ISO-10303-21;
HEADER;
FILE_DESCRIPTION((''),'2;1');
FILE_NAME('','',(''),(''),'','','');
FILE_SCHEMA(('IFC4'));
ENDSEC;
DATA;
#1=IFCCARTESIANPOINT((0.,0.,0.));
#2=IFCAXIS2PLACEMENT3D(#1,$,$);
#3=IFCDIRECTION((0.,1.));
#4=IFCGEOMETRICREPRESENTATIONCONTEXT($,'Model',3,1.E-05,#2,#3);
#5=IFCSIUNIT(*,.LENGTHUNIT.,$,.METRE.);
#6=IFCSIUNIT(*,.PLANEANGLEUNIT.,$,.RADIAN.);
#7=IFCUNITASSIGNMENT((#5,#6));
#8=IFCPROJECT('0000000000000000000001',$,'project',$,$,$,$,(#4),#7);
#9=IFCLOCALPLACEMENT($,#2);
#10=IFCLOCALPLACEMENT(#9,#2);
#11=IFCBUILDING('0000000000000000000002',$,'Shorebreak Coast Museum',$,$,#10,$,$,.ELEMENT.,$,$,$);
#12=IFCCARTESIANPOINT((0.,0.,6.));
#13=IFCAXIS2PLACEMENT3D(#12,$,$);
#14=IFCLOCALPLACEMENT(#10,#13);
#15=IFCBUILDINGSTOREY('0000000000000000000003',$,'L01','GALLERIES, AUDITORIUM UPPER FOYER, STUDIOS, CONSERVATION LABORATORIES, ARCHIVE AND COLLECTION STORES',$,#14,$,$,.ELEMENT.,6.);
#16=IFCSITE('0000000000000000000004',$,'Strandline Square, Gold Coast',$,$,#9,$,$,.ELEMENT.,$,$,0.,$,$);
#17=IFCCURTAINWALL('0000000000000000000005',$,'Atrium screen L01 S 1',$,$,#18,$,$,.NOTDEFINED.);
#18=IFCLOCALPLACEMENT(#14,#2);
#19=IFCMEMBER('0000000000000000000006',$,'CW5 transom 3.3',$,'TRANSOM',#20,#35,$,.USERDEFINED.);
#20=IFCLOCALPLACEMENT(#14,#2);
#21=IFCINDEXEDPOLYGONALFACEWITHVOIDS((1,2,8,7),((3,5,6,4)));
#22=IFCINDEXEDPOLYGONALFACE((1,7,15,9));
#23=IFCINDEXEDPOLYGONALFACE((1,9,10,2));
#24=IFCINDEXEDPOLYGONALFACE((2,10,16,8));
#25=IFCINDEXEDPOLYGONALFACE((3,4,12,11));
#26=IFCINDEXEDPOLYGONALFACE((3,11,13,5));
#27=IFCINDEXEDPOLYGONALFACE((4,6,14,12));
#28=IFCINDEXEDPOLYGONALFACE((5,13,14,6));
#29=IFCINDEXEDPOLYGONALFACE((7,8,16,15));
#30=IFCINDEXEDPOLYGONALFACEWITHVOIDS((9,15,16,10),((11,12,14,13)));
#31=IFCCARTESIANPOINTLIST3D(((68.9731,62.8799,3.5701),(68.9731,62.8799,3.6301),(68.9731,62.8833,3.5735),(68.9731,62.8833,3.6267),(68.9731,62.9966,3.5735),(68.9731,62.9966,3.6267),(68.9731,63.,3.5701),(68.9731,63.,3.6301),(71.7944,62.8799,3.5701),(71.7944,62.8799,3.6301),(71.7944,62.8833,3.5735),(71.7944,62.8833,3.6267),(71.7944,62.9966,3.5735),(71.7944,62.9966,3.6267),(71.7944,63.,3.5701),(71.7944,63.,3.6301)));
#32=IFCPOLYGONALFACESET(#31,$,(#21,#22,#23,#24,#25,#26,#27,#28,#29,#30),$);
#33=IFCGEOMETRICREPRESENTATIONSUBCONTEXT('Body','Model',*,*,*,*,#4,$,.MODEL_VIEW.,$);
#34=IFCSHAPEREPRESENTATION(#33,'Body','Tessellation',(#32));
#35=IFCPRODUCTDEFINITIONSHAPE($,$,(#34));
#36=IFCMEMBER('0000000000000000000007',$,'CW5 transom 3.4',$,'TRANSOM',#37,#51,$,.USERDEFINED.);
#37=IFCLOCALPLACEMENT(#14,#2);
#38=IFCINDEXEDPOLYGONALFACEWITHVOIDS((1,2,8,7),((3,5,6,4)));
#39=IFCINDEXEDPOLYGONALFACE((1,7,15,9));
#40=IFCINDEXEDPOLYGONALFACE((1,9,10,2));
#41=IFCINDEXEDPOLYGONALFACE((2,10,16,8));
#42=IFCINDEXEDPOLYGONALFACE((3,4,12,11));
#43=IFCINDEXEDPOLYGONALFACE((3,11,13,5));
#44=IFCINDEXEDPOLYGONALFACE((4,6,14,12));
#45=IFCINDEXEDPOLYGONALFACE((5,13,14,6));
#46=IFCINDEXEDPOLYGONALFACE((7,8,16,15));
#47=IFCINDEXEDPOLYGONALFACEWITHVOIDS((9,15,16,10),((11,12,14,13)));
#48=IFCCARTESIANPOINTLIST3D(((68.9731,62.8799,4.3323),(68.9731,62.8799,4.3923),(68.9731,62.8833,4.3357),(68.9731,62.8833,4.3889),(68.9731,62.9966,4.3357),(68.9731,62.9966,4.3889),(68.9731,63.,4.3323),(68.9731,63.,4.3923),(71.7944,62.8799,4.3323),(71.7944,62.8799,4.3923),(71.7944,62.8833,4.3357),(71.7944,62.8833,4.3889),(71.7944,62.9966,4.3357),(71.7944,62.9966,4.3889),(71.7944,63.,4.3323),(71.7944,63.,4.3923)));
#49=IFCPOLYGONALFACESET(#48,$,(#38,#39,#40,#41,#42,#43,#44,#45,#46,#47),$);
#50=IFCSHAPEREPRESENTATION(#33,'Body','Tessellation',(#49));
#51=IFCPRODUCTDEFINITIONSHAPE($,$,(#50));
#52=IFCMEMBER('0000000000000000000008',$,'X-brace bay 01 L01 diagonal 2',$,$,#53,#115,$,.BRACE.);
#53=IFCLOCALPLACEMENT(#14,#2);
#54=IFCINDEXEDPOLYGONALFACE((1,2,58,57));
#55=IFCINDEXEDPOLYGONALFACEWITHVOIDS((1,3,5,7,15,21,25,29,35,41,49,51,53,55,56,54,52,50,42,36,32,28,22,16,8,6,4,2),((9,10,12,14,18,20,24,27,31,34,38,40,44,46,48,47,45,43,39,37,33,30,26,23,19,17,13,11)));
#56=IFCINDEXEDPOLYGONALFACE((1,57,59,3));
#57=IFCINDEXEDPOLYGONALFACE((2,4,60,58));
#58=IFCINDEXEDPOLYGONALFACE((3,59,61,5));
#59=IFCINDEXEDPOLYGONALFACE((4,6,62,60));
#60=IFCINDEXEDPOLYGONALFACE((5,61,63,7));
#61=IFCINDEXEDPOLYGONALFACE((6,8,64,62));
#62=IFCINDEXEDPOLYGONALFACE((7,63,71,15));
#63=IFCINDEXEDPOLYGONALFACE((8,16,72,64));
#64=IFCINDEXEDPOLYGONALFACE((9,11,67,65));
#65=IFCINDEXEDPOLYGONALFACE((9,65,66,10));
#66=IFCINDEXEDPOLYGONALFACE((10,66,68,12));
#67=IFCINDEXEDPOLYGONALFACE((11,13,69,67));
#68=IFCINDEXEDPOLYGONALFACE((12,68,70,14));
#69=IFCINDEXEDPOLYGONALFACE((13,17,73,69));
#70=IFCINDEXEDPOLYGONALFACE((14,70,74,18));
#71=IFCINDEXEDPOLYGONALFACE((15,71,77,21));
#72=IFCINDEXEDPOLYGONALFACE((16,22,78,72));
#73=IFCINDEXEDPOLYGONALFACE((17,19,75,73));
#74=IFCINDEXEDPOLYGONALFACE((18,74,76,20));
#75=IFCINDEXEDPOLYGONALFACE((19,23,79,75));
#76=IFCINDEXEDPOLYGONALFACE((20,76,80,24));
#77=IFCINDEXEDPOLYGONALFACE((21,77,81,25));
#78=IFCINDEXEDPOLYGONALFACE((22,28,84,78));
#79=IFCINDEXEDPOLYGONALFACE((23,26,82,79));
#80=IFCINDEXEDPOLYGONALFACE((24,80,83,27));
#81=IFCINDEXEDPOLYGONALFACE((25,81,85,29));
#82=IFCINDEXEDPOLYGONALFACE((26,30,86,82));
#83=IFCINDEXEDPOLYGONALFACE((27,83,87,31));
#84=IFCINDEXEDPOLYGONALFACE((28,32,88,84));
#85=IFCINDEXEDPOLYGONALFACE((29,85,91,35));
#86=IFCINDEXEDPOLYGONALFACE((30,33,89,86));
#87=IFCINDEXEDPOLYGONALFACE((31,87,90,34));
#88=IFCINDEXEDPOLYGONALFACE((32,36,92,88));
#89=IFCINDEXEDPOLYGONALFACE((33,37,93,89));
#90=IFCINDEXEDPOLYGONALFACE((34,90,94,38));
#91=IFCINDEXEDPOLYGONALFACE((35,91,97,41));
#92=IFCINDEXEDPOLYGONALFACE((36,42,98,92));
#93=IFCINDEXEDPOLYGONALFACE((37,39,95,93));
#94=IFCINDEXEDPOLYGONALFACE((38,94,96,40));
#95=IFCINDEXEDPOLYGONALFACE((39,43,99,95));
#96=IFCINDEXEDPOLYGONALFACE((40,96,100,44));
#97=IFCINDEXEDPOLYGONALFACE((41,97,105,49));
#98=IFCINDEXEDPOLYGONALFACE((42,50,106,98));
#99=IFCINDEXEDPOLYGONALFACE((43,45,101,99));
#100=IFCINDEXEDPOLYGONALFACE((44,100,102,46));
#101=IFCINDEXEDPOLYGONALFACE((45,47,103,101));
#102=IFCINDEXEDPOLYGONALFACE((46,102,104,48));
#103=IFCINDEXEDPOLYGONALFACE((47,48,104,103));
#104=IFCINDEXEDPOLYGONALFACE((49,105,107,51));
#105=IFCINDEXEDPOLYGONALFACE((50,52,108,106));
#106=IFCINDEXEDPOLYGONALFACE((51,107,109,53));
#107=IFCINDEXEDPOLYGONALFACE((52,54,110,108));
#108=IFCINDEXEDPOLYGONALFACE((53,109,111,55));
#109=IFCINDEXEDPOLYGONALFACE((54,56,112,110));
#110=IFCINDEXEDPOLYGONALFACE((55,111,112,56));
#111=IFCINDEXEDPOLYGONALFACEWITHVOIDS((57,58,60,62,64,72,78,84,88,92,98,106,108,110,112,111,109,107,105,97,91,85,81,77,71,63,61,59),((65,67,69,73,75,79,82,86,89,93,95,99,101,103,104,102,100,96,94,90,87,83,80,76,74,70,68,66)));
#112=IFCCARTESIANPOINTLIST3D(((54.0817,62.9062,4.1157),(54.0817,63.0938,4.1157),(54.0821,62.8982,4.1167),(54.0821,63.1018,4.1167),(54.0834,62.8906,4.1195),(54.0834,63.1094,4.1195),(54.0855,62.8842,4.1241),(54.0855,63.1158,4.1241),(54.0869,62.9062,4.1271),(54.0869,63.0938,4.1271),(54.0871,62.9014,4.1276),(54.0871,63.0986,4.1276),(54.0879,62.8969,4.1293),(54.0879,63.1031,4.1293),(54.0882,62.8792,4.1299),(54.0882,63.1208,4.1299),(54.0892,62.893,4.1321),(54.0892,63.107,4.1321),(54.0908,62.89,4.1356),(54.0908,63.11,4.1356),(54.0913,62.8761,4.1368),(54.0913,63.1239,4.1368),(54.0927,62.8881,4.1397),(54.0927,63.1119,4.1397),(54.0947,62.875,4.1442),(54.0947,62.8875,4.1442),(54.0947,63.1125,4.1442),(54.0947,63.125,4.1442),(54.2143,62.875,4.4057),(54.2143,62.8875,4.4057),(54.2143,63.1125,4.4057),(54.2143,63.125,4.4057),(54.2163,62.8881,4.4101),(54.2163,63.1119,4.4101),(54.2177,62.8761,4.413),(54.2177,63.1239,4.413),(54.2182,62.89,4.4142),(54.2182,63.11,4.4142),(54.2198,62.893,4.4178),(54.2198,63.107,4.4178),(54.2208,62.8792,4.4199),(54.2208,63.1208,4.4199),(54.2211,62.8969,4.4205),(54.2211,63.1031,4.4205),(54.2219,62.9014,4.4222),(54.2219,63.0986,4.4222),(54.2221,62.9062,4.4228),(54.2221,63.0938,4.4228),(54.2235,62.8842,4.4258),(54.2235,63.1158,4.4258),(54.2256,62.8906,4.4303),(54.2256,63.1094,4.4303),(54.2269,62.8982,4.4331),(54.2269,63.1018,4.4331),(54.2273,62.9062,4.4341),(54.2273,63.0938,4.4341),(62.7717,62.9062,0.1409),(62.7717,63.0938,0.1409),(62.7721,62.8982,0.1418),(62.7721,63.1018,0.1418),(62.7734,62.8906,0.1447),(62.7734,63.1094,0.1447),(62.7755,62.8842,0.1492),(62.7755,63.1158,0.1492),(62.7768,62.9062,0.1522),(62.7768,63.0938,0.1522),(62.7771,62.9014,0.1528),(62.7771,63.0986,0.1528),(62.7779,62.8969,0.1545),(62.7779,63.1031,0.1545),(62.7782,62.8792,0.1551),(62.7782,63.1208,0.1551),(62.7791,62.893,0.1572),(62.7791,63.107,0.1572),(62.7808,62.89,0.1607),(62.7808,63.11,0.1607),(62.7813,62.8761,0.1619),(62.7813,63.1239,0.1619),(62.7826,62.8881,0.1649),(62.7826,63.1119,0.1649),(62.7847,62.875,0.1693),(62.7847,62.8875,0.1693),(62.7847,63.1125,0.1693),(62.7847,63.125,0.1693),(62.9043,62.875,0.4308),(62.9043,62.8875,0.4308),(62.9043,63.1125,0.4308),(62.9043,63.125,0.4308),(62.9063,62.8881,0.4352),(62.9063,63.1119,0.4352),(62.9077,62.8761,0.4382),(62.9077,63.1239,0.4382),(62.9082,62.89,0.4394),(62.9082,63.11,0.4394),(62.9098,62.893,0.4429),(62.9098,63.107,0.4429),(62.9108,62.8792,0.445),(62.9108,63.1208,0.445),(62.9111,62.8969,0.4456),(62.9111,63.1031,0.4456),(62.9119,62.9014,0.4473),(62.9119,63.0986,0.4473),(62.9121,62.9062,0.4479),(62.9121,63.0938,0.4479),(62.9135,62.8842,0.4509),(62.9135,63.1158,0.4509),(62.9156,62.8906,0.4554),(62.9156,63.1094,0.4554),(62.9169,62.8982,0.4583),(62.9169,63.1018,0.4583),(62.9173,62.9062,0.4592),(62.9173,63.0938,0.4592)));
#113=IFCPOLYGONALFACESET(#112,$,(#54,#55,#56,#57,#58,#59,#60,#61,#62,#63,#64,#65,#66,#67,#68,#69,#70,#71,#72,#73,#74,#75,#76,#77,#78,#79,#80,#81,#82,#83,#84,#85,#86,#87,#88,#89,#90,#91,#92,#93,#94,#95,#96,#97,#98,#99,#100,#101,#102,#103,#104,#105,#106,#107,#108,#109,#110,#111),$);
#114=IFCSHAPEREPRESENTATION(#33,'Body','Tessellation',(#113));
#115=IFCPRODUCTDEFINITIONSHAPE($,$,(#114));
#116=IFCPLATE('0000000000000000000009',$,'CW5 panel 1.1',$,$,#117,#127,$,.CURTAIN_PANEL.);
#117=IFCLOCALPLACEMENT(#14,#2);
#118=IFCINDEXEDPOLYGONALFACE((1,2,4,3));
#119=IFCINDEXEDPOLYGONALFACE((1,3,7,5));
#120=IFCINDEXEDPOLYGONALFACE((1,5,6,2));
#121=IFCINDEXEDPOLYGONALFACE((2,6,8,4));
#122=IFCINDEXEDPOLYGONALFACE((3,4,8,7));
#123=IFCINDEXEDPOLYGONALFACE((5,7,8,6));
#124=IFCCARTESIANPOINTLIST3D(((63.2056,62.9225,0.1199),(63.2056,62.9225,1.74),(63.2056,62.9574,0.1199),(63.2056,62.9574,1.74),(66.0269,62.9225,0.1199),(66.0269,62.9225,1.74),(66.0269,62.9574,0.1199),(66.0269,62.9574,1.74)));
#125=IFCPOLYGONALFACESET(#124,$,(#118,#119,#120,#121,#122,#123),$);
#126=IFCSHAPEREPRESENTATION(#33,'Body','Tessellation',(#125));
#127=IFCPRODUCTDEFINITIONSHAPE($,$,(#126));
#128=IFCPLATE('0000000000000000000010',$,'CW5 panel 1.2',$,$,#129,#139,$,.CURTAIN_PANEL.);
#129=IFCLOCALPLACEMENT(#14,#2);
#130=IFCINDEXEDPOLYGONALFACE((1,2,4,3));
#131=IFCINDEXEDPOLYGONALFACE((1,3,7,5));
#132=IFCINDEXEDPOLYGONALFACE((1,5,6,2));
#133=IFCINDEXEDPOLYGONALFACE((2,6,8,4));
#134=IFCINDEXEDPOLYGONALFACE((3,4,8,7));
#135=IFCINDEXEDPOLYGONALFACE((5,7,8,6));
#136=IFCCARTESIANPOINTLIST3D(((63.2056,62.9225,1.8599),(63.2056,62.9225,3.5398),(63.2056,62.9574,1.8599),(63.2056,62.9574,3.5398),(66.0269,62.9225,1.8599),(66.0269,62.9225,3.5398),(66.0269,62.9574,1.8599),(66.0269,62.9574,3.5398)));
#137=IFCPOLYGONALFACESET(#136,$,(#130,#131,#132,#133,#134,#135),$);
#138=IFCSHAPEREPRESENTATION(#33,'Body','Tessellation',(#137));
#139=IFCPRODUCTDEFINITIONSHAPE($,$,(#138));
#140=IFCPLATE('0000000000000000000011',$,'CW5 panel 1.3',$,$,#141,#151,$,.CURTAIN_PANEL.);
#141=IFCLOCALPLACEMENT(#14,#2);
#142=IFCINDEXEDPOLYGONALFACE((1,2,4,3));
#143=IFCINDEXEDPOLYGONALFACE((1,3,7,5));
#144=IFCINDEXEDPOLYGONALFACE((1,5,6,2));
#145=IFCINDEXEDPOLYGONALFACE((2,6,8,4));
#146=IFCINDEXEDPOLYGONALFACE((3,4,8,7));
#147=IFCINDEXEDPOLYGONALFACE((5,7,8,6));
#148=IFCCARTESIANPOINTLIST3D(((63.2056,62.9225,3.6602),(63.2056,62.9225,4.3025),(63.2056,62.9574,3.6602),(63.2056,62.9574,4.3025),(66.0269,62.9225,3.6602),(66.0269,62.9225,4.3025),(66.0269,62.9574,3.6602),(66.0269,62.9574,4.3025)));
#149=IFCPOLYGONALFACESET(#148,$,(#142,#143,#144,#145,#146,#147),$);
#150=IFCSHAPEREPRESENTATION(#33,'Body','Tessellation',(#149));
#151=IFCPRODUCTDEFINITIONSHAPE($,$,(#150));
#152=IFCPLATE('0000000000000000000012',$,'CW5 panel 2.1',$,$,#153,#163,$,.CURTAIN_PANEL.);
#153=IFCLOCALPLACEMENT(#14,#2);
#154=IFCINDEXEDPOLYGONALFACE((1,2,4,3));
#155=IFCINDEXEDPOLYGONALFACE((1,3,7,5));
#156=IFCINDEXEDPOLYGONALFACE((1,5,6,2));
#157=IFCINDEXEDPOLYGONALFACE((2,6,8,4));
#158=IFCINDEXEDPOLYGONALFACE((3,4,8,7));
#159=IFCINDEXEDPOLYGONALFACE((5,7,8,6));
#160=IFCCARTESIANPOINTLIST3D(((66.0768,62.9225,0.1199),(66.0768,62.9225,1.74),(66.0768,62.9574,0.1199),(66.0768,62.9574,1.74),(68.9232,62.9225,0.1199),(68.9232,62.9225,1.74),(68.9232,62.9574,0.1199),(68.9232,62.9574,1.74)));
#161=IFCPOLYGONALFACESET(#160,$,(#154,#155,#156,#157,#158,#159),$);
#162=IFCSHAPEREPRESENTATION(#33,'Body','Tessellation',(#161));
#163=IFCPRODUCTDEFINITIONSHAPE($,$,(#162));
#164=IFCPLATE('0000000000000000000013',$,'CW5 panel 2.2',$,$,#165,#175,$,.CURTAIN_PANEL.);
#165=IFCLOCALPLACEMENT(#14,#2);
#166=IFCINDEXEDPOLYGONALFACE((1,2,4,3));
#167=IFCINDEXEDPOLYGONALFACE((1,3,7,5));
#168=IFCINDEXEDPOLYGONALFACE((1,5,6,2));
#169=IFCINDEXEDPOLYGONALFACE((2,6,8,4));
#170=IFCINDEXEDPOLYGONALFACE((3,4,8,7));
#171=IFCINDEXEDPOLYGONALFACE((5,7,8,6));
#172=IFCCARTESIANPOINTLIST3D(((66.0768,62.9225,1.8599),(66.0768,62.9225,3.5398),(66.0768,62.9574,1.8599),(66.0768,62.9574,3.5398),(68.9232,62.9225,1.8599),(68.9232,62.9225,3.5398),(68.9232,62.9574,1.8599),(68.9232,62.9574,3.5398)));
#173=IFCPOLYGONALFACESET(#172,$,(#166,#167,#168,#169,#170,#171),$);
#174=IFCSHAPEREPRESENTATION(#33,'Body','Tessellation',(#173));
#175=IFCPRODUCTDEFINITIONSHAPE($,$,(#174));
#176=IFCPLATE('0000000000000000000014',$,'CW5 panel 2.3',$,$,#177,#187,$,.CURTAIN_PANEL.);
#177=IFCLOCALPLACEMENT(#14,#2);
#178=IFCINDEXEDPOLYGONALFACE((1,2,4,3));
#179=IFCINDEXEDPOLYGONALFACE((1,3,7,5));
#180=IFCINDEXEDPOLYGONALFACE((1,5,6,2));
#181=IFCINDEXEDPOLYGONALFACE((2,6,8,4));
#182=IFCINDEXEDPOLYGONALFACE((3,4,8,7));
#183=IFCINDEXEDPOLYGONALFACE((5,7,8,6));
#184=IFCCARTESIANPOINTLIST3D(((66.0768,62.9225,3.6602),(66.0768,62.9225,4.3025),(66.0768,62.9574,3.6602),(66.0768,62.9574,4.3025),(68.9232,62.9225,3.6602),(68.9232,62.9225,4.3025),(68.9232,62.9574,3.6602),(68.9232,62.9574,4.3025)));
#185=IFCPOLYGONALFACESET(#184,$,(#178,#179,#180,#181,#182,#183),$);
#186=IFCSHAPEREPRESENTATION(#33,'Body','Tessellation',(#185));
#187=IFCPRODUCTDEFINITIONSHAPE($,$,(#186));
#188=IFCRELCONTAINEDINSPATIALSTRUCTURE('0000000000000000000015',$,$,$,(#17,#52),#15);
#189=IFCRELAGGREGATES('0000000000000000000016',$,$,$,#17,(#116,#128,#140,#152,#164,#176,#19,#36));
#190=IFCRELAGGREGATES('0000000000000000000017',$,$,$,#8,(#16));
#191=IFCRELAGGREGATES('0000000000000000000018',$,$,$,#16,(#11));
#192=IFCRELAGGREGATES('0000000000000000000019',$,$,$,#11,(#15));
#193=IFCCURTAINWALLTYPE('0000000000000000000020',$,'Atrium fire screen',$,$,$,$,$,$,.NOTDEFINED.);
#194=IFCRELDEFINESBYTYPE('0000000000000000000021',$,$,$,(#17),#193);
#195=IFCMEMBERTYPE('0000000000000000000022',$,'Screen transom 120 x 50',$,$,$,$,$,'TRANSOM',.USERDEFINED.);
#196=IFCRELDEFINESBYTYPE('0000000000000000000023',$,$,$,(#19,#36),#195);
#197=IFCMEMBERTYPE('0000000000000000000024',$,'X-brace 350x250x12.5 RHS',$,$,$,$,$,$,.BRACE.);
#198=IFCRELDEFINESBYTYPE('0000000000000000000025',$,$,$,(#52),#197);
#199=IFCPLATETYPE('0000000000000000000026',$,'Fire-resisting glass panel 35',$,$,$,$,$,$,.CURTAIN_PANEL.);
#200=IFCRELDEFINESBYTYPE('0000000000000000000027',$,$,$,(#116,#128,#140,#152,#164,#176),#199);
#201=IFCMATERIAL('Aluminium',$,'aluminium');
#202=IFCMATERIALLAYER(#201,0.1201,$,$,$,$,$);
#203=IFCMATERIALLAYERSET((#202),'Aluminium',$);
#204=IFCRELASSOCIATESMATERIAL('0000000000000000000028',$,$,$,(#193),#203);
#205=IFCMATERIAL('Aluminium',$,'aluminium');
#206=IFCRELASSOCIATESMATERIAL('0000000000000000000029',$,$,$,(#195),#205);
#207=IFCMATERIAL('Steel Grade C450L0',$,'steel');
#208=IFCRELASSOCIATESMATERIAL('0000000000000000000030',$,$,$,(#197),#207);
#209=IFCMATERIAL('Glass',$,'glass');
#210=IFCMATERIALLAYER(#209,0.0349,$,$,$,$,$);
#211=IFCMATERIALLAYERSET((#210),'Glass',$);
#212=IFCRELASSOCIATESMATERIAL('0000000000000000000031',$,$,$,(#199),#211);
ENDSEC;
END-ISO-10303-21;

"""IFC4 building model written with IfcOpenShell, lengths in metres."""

from ifc_helpers import new_model, si_unit, direction, frame, origin, origin_2d, place, context, subcontext, project, spatial, rectangle, hollow_rectangle, extrude, material, layer, layer_set, material_profile, profile_set, type_object, element, aggregate, save


model = new_model("IFC4")

# Units and contexts
model_context = context("Model", 3, precision=1e-05, world=origin(), true_north=direction((0.0, 1.0)))
body_context = subcontext(model_context, "Body", "Model", "MODEL_VIEW")
ifc_project = project(units=[si_unit("LENGTHUNIT", "METRE"), si_unit("PLANEANGLEUNIT", "RADIAN")], contexts=[model_context])

# Site, building, storey
site_placement = place(None, origin())
site = spatial("IfcSite", under=ifc_project, at=site_placement, Name="Strandline Square, Gold Coast", CompositionType="ELEMENT", RefElevation=0.0)
building_placement = place(site_placement, origin())
building = spatial("IfcBuilding", under=site, at=building_placement, Name="Shorebreak Coast Museum", CompositionType="ELEMENT")
storey_placement = place(building_placement, frame((0.0, 0.0, 6.0)))
storey = spatial("IfcBuildingStorey", under=building, at=storey_placement, Name="L01", Description="GALLERIES, AUDITORIUM UPPER FOYER, STUDIOS, CONSERVATION LABORATORIES, ARCHIVE AND COLLECTION STORES", CompositionType="ELEMENT", Elevation=6.0)

# Curtain wall, members
ifc_material_1 = material(Name="Aluminium", Category="aluminium")
ifc_layer_1 = layer(ifc_material_1, 0.1201)
ifc_layer_set_1 = layer_set([ifc_layer_1], Name="Aluminium")
curtain_wall_type = type_object("IfcCurtainWallType", Name="Atrium fire screen", PredefinedType="NOTDEFINED", material=ifc_layer_set_1)
curtain_wall_placement = place(storey_placement, origin())
curtain_wall = element("IfcCurtainWall", 1, at=curtain_wall_placement, inside=storey, type_object=curtain_wall_type, Name="Atrium screen L01 S 1", PredefinedType="NOTDEFINED")
ifc_material_2 = material(Name="Aluminium", Category="aluminium")
ifc_material_profile_1 = material_profile(ifc_material_2, hollow_rectangle(XDim=0.1201, YDim=0.0601, WallThickness=0.0034, at=origin_2d()), Name="AL 60x120 RHS")
ifc_profile_set_1 = profile_set([ifc_material_profile_1], Name="Aluminium")
member_type_1 = type_object("IfcMemberType", Name="Screen transom 120 x 50", ElementType="TRANSOM", PredefinedType="USERDEFINED", material=ifc_profile_set_1)
member_1_placement = place(storey_placement, frame((68.9731, 62.9399, 3.6001), z_axis=(1.0, 0.0, 0.0), x_axis=(0.0, 1.0, 0.0)))
member_1 = element("IfcMember", 2, at=member_1_placement, type_object=member_type_1, Name="CW5 transom 3.3", ObjectType="TRANSOM", PredefinedType="USERDEFINED", context=body_context, shape_type="SweptSolid", body=[
    extrude(hollow_rectangle(XDim=0.1201, YDim=0.0601, WallThickness=0.0034, at=origin_2d()), origin(), (0.0, 0.0, 1.0), 2.8213),
])
member_2_placement = place(storey_placement, frame((68.9731, 62.9399, 4.3623), z_axis=(1.0, 0.0, 0.0), x_axis=(0.0, 1.0, 0.0)))
member_2 = element("IfcMember", 3, at=member_2_placement, type_object=member_type_1, Name="CW5 transom 3.4", ObjectType="TRANSOM", PredefinedType="USERDEFINED", context=body_context, shape_type="SweptSolid", body=[
    extrude(hollow_rectangle(XDim=0.1201, YDim=0.0601, WallThickness=0.0034, at=origin_2d()), origin(), (0.0, 0.0, 1.0), 2.8213),
])

# Member
ifc_material_3 = material(Name="Steel Grade C450L0", Category="steel")
ifc_material_profile_2 = material_profile(ifc_material_3, hollow_rectangle(XDim=0.25, YDim=0.3501, WallThickness=0.0125, InnerFilletRadius=0.0188, OuterFilletRadius=0.0312, at=origin_2d()), Name="350x250x12.5 RHS")
ifc_profile_set_2 = profile_set([ifc_material_profile_2], Name="Steel Grade C450L0")
member_type_2 = type_object("IfcMemberType", Name="X-brace 350x250x12.5 RHS", PredefinedType="BRACE", material=ifc_profile_set_2)
member_3_placement = place(storey_placement, frame((62.8445, 63.0, 0.3), z_axis=(-0.909383, 0.0, 0.41596), x_axis=(0.0, -1.0, 0.0)))
element("IfcMember", 4, at=member_3_placement, inside=storey, type_object=member_type_2, Name="X-brace bay 01 L01 diagonal 2", PredefinedType="BRACE", context=body_context, shape_type="SweptSolid", body=[
    extrude(hollow_rectangle(XDim=0.25, YDim=0.3501, WallThickness=0.0125, InnerFilletRadius=0.0188, OuterFilletRadius=0.0312, at=origin_2d()), origin(), (0.0, 0.0, 1.0), 9.5559),
])

# Plates
ifc_material_4 = material(Name="Glass", Category="glass")
ifc_layer_2 = layer(ifc_material_4, 0.0349)
ifc_layer_set_2 = layer_set([ifc_layer_2], Name="Glass")
plate_type = type_object("IfcPlateType", Name="Fire-resisting glass panel 35", PredefinedType="CURTAIN_PANEL", material=ifc_layer_set_2)
plate_1_placement = place(storey_placement, frame((64.6162, 62.9399, 0.1199), z_axis=(0.0, 0.0, 1.0), x_axis=(1.0, 0.0, 0.0)))
plate_1 = element("IfcPlate", 5, at=plate_1_placement, type_object=plate_type, Name="CW5 panel 1.1", PredefinedType="CURTAIN_PANEL", context=body_context, shape_type="SweptSolid", body=[
    extrude(rectangle(XDim=2.8213, YDim=0.0349, at=origin_2d()), origin(), (0.0, 0.0, 1.0), 1.6201),
])
plate_2_placement = place(storey_placement, frame((64.6162, 62.9399, 1.8599), z_axis=(0.0, 0.0, 1.0), x_axis=(1.0, 0.0, 0.0)))
plate_2 = element("IfcPlate", 6, at=plate_2_placement, type_object=plate_type, Name="CW5 panel 1.2", PredefinedType="CURTAIN_PANEL", context=body_context, shape_type="SweptSolid", body=[
    extrude(rectangle(XDim=2.8213, YDim=0.0349, at=origin_2d()), origin(), (0.0, 0.0, 1.0), 1.6799),
])
plate_3_placement = place(storey_placement, frame((64.6162, 62.9399, 3.6602), z_axis=(0.0, 0.0, 1.0), x_axis=(1.0, 0.0, 0.0)))
plate_3 = element("IfcPlate", 7, at=plate_3_placement, type_object=plate_type, Name="CW5 panel 1.3", PredefinedType="CURTAIN_PANEL", context=body_context, shape_type="SweptSolid", body=[
    extrude(rectangle(XDim=2.8213, YDim=0.0349, at=origin_2d()), origin(), (0.0, 0.0, 1.0), 0.6423),
])
plate_4_placement = place(storey_placement, frame((67.5, 62.9399, 0.1199), z_axis=(0.0, 0.0, 1.0), x_axis=(1.0, 0.0, 0.0)))
plate_4 = element("IfcPlate", 8, at=plate_4_placement, type_object=plate_type, Name="CW5 panel 2.1", PredefinedType="CURTAIN_PANEL", context=body_context, shape_type="SweptSolid", body=[
    extrude(rectangle(XDim=2.8464, YDim=0.0349, at=origin_2d()), origin(), (0.0, 0.0, 1.0), 1.6201),
])
plate_5_placement = place(storey_placement, frame((67.5, 62.9399, 1.8599), z_axis=(0.0, 0.0, 1.0), x_axis=(1.0, 0.0, 0.0)))
plate_5 = element("IfcPlate", 9, at=plate_5_placement, type_object=plate_type, Name="CW5 panel 2.2", PredefinedType="CURTAIN_PANEL", context=body_context, shape_type="SweptSolid", body=[
    extrude(rectangle(XDim=2.8464, YDim=0.0349, at=origin_2d()), origin(), (0.0, 0.0, 1.0), 1.6799),
])
plate_6_placement = place(storey_placement, frame((67.5, 62.9399, 3.6602), z_axis=(0.0, 0.0, 1.0), x_axis=(1.0, 0.0, 0.0)))
plate_6 = element("IfcPlate", 10, at=plate_6_placement, type_object=plate_type, Name="CW5 panel 2.3", PredefinedType="CURTAIN_PANEL", context=body_context, shape_type="SweptSolid", body=[
    extrude(rectangle(XDim=2.8464, YDim=0.0349, at=origin_2d()), origin(), (0.0, 0.0, 1.0), 0.6423),
])
aggregate(curtain_wall, [plate_1, plate_2, plate_3, plate_4, plate_5, plate_6, member_1, member_2])

save(model, "model.ifc")
